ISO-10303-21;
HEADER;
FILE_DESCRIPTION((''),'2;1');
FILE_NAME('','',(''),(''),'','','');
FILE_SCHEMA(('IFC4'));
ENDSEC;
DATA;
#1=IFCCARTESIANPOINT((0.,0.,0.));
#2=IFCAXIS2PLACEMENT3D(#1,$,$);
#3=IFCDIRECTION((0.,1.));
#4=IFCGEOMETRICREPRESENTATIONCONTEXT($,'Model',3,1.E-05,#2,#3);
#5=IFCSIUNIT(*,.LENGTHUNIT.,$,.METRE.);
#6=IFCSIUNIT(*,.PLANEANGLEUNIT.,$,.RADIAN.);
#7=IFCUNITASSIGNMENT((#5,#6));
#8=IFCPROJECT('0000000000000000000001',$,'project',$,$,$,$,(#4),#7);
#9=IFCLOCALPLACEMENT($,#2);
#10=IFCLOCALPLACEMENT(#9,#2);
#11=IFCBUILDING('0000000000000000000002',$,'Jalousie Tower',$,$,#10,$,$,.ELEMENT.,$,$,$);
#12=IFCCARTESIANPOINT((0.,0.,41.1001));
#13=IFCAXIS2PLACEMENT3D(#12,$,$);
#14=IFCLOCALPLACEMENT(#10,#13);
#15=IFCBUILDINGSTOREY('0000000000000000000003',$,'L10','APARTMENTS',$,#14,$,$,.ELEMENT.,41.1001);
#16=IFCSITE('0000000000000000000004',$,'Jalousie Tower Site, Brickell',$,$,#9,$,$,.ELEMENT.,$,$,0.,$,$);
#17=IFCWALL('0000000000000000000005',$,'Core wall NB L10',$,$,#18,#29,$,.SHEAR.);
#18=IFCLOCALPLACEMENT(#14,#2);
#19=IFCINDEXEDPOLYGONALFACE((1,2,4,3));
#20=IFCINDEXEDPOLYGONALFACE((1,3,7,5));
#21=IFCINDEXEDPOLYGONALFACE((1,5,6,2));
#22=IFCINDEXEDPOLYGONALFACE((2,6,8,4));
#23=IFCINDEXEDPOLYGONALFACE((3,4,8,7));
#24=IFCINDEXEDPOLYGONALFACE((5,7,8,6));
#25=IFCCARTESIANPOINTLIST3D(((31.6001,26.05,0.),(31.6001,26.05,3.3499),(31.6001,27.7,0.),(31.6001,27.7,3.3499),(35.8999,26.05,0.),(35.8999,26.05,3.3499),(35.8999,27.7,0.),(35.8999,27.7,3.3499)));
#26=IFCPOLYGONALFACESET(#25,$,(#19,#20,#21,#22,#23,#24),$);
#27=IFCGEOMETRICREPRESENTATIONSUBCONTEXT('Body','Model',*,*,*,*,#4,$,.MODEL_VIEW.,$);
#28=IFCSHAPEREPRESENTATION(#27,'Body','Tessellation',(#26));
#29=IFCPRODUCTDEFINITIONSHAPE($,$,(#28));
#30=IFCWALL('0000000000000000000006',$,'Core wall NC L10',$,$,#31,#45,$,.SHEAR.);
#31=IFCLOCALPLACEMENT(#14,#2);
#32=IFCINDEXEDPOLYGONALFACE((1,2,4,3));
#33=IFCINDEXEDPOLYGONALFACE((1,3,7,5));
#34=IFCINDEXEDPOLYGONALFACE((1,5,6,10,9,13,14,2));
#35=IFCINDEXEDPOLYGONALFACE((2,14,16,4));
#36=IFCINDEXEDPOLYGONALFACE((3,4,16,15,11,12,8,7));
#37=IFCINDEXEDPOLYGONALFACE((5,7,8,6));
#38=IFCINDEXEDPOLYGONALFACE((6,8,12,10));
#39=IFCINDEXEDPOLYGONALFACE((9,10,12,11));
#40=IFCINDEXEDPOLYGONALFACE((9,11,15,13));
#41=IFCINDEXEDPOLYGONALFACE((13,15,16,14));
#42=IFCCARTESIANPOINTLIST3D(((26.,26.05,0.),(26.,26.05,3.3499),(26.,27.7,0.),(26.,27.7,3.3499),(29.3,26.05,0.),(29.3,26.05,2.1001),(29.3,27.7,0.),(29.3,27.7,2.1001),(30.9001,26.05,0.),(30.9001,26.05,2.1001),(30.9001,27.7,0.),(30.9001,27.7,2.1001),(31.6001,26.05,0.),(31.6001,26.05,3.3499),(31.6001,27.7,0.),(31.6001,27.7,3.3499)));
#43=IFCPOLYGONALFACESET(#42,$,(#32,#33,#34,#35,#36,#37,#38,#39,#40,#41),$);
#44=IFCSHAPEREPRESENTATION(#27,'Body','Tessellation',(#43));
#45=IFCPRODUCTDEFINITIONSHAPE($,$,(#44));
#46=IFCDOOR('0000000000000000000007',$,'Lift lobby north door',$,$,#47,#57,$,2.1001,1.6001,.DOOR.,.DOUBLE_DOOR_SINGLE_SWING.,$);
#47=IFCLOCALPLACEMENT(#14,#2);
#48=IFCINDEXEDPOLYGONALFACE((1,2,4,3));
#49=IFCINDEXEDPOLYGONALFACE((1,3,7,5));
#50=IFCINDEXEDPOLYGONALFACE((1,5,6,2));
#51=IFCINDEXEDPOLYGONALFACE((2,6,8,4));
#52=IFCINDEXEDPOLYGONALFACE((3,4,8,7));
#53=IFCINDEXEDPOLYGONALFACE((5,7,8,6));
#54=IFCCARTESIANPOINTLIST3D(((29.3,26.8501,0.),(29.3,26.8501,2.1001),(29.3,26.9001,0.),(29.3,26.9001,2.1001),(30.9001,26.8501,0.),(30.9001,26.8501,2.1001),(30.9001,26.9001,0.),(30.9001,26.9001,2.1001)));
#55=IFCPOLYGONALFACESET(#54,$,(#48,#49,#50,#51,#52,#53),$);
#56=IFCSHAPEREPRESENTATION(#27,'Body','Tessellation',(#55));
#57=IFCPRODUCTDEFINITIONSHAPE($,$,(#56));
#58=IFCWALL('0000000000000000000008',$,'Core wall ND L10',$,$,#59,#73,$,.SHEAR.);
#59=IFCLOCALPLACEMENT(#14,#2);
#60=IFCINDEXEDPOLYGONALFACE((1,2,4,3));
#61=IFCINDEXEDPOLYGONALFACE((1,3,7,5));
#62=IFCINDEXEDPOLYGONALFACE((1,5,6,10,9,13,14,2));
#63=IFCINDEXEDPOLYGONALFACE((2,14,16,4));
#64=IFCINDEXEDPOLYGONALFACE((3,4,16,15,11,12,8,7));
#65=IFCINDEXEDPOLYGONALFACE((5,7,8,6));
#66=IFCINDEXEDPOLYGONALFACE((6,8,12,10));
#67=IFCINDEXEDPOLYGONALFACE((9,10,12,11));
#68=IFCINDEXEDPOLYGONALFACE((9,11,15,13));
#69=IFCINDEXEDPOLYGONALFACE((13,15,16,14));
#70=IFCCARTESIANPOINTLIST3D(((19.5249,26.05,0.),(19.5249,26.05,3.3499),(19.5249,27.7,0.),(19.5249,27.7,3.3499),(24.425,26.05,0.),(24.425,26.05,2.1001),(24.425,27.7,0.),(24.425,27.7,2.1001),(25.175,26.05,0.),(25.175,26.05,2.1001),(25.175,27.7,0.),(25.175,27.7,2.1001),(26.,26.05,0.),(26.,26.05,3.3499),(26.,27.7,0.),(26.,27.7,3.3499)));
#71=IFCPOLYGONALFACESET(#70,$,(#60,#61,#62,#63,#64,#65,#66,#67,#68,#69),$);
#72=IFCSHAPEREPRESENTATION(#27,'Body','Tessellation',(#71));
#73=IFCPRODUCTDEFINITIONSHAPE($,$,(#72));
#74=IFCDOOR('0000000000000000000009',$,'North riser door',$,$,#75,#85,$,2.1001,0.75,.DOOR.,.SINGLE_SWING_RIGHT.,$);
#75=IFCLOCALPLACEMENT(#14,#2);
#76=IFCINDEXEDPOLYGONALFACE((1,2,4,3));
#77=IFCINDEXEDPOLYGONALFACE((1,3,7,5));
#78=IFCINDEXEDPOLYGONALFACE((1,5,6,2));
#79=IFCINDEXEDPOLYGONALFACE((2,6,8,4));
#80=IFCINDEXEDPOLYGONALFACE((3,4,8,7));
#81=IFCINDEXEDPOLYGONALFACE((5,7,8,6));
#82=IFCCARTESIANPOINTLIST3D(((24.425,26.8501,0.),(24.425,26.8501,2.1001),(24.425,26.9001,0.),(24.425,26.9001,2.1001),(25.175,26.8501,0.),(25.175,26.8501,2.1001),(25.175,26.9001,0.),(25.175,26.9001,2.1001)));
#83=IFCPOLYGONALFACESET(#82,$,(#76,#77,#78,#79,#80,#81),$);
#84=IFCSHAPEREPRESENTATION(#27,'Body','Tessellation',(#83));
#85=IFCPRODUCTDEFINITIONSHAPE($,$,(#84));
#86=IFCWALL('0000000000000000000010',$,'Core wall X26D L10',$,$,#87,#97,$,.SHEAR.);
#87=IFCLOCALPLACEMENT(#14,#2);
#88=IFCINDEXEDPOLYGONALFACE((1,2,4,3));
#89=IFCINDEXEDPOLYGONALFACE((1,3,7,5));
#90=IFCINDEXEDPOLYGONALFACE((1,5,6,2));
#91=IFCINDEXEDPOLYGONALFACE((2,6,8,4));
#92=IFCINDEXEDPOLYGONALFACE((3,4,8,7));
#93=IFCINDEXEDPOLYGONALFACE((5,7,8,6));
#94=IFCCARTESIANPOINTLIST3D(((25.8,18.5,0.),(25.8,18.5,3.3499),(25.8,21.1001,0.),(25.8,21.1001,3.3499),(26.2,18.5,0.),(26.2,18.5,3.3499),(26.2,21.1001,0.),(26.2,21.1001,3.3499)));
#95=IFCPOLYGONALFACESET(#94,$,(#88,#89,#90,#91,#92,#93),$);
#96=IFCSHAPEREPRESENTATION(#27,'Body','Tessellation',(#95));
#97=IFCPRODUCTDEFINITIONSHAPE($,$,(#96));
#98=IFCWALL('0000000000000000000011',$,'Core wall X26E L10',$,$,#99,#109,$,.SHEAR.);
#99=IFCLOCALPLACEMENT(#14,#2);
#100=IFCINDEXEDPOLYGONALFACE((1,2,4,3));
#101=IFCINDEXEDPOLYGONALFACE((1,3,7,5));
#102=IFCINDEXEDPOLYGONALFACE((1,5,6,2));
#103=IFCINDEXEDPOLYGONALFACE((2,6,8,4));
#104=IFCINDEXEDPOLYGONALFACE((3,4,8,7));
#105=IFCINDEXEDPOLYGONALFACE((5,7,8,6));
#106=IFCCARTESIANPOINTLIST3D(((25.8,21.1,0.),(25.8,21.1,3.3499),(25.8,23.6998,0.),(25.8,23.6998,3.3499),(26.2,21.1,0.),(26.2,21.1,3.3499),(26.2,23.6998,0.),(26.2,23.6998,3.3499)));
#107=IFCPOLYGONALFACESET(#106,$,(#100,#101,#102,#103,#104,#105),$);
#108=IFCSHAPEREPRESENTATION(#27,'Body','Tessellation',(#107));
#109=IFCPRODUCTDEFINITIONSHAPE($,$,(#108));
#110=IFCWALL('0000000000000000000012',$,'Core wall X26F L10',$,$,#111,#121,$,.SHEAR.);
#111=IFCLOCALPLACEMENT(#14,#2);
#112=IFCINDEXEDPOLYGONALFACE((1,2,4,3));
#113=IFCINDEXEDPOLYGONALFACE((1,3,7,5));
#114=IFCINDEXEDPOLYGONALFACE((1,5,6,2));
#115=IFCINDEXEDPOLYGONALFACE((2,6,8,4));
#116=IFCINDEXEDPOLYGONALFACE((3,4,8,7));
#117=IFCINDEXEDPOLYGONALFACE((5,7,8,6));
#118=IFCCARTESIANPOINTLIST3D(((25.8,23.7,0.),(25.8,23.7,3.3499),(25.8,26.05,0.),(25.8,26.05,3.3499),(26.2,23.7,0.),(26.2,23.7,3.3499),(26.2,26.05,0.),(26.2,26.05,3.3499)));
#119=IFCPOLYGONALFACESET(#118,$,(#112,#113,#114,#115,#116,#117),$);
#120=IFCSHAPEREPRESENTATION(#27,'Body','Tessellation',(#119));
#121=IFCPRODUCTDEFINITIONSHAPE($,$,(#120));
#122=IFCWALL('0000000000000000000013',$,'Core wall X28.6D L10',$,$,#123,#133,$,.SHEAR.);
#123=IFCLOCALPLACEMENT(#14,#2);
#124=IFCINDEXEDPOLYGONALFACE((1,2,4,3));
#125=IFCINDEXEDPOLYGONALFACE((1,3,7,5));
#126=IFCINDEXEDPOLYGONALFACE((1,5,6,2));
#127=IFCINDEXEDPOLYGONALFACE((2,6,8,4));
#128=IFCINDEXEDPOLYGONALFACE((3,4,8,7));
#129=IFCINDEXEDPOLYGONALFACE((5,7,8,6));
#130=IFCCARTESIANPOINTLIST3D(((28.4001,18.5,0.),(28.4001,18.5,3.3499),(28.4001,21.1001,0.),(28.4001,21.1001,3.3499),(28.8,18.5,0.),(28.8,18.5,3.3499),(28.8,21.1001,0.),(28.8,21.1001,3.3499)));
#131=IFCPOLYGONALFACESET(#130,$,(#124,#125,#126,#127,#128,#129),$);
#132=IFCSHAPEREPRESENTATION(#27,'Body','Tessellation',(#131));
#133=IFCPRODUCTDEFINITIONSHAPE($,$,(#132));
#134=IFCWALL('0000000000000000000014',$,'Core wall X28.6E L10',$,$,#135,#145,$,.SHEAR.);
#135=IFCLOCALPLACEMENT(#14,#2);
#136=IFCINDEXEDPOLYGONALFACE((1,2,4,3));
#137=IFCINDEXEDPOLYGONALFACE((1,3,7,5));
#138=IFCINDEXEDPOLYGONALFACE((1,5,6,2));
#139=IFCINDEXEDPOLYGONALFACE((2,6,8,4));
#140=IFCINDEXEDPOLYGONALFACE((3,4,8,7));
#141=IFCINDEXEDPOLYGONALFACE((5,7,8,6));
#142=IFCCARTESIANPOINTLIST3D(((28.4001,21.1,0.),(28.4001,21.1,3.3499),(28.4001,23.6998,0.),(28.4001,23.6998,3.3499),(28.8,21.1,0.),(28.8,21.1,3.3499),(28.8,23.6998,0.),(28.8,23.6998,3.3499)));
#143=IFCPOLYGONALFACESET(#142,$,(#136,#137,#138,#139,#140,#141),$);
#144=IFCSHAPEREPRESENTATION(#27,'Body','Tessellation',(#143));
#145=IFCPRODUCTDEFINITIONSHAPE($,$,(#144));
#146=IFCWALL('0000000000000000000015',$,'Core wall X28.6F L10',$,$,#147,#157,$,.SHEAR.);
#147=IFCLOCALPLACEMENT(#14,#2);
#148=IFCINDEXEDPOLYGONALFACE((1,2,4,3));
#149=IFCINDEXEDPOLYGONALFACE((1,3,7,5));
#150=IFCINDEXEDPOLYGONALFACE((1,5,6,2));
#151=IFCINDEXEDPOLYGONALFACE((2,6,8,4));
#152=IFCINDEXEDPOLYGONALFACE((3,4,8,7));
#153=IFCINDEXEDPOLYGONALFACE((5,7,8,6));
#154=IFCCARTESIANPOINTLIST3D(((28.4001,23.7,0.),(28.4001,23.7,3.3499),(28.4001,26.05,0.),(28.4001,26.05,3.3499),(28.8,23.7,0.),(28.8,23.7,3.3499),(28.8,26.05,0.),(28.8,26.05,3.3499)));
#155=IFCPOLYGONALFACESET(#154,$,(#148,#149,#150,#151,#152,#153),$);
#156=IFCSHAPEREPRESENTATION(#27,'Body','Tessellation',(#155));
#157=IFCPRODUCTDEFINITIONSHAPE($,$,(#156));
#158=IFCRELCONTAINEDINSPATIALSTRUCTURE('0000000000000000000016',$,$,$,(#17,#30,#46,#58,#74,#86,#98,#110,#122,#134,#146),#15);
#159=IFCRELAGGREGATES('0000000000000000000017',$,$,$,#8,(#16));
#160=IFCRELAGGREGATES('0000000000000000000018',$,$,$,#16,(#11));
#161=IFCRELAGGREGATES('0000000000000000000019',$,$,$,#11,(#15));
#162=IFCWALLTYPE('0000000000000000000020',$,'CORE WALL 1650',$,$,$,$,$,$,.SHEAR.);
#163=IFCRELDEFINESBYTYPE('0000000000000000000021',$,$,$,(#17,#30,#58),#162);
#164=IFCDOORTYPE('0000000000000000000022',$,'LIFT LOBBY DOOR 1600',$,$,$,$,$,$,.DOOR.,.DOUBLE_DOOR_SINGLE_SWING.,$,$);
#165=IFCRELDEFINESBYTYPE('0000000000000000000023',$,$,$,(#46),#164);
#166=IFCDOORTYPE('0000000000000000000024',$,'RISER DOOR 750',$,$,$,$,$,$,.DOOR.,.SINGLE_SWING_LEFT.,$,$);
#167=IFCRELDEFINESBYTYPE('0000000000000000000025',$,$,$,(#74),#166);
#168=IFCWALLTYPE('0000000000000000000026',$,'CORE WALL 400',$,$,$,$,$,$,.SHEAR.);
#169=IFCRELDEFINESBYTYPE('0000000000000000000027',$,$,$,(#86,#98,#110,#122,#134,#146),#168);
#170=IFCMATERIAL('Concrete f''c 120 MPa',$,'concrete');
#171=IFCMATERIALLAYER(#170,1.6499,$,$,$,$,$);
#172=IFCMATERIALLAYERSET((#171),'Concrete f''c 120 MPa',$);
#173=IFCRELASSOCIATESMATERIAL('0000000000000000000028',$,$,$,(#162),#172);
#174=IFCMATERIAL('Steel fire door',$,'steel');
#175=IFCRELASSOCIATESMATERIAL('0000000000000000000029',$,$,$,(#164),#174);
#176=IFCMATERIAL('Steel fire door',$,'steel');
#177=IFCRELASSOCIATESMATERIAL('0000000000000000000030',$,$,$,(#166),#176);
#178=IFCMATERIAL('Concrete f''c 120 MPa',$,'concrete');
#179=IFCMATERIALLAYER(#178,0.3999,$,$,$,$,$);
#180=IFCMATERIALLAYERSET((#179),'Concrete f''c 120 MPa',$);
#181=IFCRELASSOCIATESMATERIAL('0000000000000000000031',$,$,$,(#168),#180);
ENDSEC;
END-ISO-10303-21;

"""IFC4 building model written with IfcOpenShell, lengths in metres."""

from ifc_helpers import new_model, si_unit, direction, frame, frame_2d, origin, place, context, subcontext, project, spatial, rectangle, extrude, material, layer, layer_set, type_object, element, fill, save


model = new_model("IFC4")

# Units and contexts
model_context = context("Model", 3, precision=1e-05, world=origin(), true_north=direction((0.0, 1.0)))
body_context = subcontext(model_context, "Body", "Model", "MODEL_VIEW")
ifc_project = project(units=[si_unit("LENGTHUNIT", "METRE"), si_unit("PLANEANGLEUNIT", "RADIAN")], contexts=[model_context])

# Site, building, storey
site_placement = place(None, origin())
site = spatial("IfcSite", under=ifc_project, at=site_placement, Name="Jalousie Tower Site, Brickell", CompositionType="ELEMENT", RefElevation=0.0)
building_placement = place(site_placement, origin())
building = spatial("IfcBuilding", under=site, at=building_placement, Name="Jalousie Tower", CompositionType="ELEMENT")
storey_placement = place(building_placement, frame((0.0, 0.0, 41.1001)))
storey = spatial("IfcBuildingStorey", under=building, at=storey_placement, Name="L10", Description="APARTMENTS", CompositionType="ELEMENT", Elevation=41.1001)

# Wall
ifc_material_1 = material(Name="Concrete f'c 120 MPa", Category="concrete")
ifc_layer_1 = layer(ifc_material_1, 1.6499)
ifc_layer_set_1 = layer_set([ifc_layer_1], Name="Concrete f'c 120 MPa")
wall_type_1 = type_object("IfcWallType", Name="CORE WALL 1650", PredefinedType="SHEAR", material=ifc_layer_set_1)
wall_1_placement = place(storey_placement, frame((35.8999, 26.875, 0.0), z_axis=(0.0, 0.0, 1.0), x_axis=(-1.0, 0.0, 0.0)))
element("IfcWall", 1, at=wall_1_placement, inside=storey, type_object=wall_type_1, Name="Core wall NB L10", PredefinedType="SHEAR", context=body_context, shape_type="SweptSolid", body=[
    extrude(rectangle(XDim=4.2998, YDim=1.6499, at=frame_2d((2.1499, 0.0))), origin(), (0.0, 0.0, 1.0), 3.3499),
])

# Walls, openings, doors
wall_2_placement = place(storey_placement, frame((31.6001, 26.875, 0.0), z_axis=(0.0, 0.0, 1.0), x_axis=(-1.0, 0.0, 0.0)))
wall_2 = element("IfcWall", 2, at=wall_2_placement, inside=storey, type_object=wall_type_1, Name="Core wall NC L10", PredefinedType="SHEAR", context=body_context, shape_type="SweptSolid", body=[
    extrude(rectangle(XDim=5.6001, YDim=1.6499, at=frame_2d((2.8, 0.0))), origin(), (0.0, 0.0, 1.0), 3.3499),
])
opening_1_placement = place(wall_2_placement, frame((0.7, 0.0, 0.0)))
opening_1 = element("IfcOpeningElement", 3, at=opening_1_placement, cuts=wall_2, PredefinedType="OPENING", context=body_context, shape_type="SweptSolid", body=[
    extrude(rectangle(XDim=1.6001, YDim=2.1001, at=frame_2d((0.8, 1.05))), frame((0.0, 0.835, 0.0), z_axis=(0.0, -1.0, 0.0), x_axis=(1.0, 0.0, 0.0)), (0.0, 0.0, 1.0), 1.6699),
])
ifc_material_2 = material(Name="Steel fire door", Category="steel")
door_type_1 = type_object("IfcDoorType", Name="LIFT LOBBY DOOR 1600", OperationType="DOUBLE_DOOR_SINGLE_SWING", PredefinedType="DOOR", material=ifc_material_2)
door_1_placement = place(opening_1_placement, origin())
door_1 = element("IfcDoor", 4, at=door_1_placement, inside=storey, type_object=door_type_1, Name="Lift lobby north door", OperationType="DOUBLE_DOOR_SINGLE_SWING", OverallHeight=2.1001, OverallWidth=1.6001, PredefinedType="DOOR", context=body_context, shape_type="SweptSolid", body=[
    extrude(rectangle(XDim=1.6001, YDim=2.1001, at=frame_2d((0.8, 1.05))), frame((0.0, 0.0249, 0.0), z_axis=(0.0, -1.0, 0.0), x_axis=(1.0, 0.0, 0.0)), (0.0, 0.0, 1.0), 0.05),
])
fill(opening_1, door_1)
wall_3_placement = place(storey_placement, frame((26.0, 26.875, 0.0), z_axis=(0.0, 0.0, 1.0), x_axis=(-1.0, 0.0, 0.0)))
wall_3 = element("IfcWall", 5, at=wall_3_placement, inside=storey, type_object=wall_type_1, Name="Core wall ND L10", PredefinedType="SHEAR", context=body_context, shape_type="SweptSolid", body=[
    extrude(rectangle(XDim=6.4751, YDim=1.6499, at=frame_2d((3.2375, 0.0))), origin(), (0.0, 0.0, 1.0), 3.3499),
])
opening_2_placement = place(wall_3_placement, frame((0.825, 0.0, 0.0)))
opening_2 = element("IfcOpeningElement", 6, at=opening_2_placement, cuts=wall_3, PredefinedType="OPENING", context=body_context, shape_type="SweptSolid", body=[
    extrude(rectangle(XDim=0.75, YDim=2.1001, at=frame_2d((0.375, 1.05))), frame((0.0, 0.835, 0.0), z_axis=(0.0, -1.0, 0.0), x_axis=(1.0, 0.0, 0.0)), (0.0, 0.0, 1.0), 1.6699),
])
ifc_material_3 = material(Name="Steel fire door", Category="steel")
door_type_2 = type_object("IfcDoorType", Name="RISER DOOR 750", OperationType="SINGLE_SWING_LEFT", PredefinedType="DOOR", material=ifc_material_3)
door_2_placement = place(opening_2_placement, origin())
door_2 = element("IfcDoor", 7, at=door_2_placement, inside=storey, type_object=door_type_2, Name="North riser door", OperationType="SINGLE_SWING_RIGHT", OverallHeight=2.1001, OverallWidth=0.75, PredefinedType="DOOR", context=body_context, shape_type="SweptSolid", body=[
    extrude(rectangle(XDim=0.75, YDim=2.1001, at=frame_2d((0.375, 1.05))), frame((0.0, 0.0249, 0.0), z_axis=(0.0, -1.0, 0.0), x_axis=(1.0, 0.0, 0.0)), (0.0, 0.0, 1.0), 0.05),
])
fill(opening_2, door_2)

# Walls
ifc_material_4 = material(Name="Concrete f'c 120 MPa", Category="concrete")
ifc_layer_2 = layer(ifc_material_4, 0.3999)
ifc_layer_set_2 = layer_set([ifc_layer_2], Name="Concrete f'c 120 MPa")
wall_type_2 = type_object("IfcWallType", Name="CORE WALL 400", PredefinedType="SHEAR", material=ifc_layer_set_2)
wall_4_placement = place(storey_placement, frame((26.0, 18.5, 0.0), z_axis=(0.0, 0.0, 1.0), x_axis=(0.0, 1.0, 0.0)))
element("IfcWall", 8, at=wall_4_placement, inside=storey, type_object=wall_type_2, Name="Core wall X26D L10", PredefinedType="SHEAR", context=body_context, shape_type="SweptSolid", body=[
    extrude(rectangle(XDim=2.6001, YDim=0.3999, at=frame_2d((1.3, 0.0))), origin(), (0.0, 0.0, 1.0), 3.3499),
])
wall_5_placement = place(storey_placement, frame((26.0, 21.1001, 0.0), z_axis=(0.0, 0.0, 1.0), x_axis=(0.0, 1.0, 0.0)))
element("IfcWall", 9, at=wall_5_placement, inside=storey, type_object=wall_type_2, Name="Core wall X26E L10", PredefinedType="SHEAR", context=body_context, shape_type="SweptSolid", body=[
    extrude(rectangle(XDim=2.5999, YDim=0.3999, at=frame_2d((1.2998, 0.0))), origin(), (0.0, 0.0, 1.0), 3.3499),
])
wall_6_placement = place(storey_placement, frame((26.0, 23.7, 0.0), z_axis=(0.0, 0.0, 1.0), x_axis=(0.0, 1.0, 0.0)))
element("IfcWall", 10, at=wall_6_placement, inside=storey, type_object=wall_type_2, Name="Core wall X26F L10", PredefinedType="SHEAR", context=body_context, shape_type="SweptSolid", body=[
    extrude(rectangle(XDim=2.3501, YDim=0.3999, at=frame_2d((1.175, 0.0))), origin(), (0.0, 0.0, 1.0), 3.3499),
])
wall_7_placement = place(storey_placement, frame((28.6001, 18.5, 0.0), z_axis=(0.0, 0.0, 1.0), x_axis=(0.0, 1.0, 0.0)))
element("IfcWall", 11, at=wall_7_placement, inside=storey, type_object=wall_type_2, Name="Core wall X28.6D L10", PredefinedType="SHEAR", context=body_context, shape_type="SweptSolid", body=[
    extrude(rectangle(XDim=2.6001, YDim=0.3999, at=frame_2d((1.3, 0.0))), origin(), (0.0, 0.0, 1.0), 3.3499),
])
wall_8_placement = place(storey_placement, frame((28.6001, 21.1001, 0.0), z_axis=(0.0, 0.0, 1.0), x_axis=(0.0, 1.0, 0.0)))
element("IfcWall", 12, at=wall_8_placement, inside=storey, type_object=wall_type_2, Name="Core wall X28.6E L10", PredefinedType="SHEAR", context=body_context, shape_type="SweptSolid", body=[
    extrude(rectangle(XDim=2.5999, YDim=0.3999, at=frame_2d((1.2998, 0.0))), origin(), (0.0, 0.0, 1.0), 3.3499),
])
wall_9_placement = place(storey_placement, frame((28.6001, 23.7, 0.0), z_axis=(0.0, 0.0, 1.0), x_axis=(0.0, 1.0, 0.0)))
element("IfcWall", 13, at=wall_9_placement, inside=storey, type_object=wall_type_2, Name="Core wall X28.6F L10", PredefinedType="SHEAR", context=body_context, shape_type="SweptSolid", body=[
    extrude(rectangle(XDim=2.3501, YDim=0.3999, at=frame_2d((1.175, 0.0))), origin(), (0.0, 0.0, 1.0), 3.3499),
])

save(model, "model.ifc")
